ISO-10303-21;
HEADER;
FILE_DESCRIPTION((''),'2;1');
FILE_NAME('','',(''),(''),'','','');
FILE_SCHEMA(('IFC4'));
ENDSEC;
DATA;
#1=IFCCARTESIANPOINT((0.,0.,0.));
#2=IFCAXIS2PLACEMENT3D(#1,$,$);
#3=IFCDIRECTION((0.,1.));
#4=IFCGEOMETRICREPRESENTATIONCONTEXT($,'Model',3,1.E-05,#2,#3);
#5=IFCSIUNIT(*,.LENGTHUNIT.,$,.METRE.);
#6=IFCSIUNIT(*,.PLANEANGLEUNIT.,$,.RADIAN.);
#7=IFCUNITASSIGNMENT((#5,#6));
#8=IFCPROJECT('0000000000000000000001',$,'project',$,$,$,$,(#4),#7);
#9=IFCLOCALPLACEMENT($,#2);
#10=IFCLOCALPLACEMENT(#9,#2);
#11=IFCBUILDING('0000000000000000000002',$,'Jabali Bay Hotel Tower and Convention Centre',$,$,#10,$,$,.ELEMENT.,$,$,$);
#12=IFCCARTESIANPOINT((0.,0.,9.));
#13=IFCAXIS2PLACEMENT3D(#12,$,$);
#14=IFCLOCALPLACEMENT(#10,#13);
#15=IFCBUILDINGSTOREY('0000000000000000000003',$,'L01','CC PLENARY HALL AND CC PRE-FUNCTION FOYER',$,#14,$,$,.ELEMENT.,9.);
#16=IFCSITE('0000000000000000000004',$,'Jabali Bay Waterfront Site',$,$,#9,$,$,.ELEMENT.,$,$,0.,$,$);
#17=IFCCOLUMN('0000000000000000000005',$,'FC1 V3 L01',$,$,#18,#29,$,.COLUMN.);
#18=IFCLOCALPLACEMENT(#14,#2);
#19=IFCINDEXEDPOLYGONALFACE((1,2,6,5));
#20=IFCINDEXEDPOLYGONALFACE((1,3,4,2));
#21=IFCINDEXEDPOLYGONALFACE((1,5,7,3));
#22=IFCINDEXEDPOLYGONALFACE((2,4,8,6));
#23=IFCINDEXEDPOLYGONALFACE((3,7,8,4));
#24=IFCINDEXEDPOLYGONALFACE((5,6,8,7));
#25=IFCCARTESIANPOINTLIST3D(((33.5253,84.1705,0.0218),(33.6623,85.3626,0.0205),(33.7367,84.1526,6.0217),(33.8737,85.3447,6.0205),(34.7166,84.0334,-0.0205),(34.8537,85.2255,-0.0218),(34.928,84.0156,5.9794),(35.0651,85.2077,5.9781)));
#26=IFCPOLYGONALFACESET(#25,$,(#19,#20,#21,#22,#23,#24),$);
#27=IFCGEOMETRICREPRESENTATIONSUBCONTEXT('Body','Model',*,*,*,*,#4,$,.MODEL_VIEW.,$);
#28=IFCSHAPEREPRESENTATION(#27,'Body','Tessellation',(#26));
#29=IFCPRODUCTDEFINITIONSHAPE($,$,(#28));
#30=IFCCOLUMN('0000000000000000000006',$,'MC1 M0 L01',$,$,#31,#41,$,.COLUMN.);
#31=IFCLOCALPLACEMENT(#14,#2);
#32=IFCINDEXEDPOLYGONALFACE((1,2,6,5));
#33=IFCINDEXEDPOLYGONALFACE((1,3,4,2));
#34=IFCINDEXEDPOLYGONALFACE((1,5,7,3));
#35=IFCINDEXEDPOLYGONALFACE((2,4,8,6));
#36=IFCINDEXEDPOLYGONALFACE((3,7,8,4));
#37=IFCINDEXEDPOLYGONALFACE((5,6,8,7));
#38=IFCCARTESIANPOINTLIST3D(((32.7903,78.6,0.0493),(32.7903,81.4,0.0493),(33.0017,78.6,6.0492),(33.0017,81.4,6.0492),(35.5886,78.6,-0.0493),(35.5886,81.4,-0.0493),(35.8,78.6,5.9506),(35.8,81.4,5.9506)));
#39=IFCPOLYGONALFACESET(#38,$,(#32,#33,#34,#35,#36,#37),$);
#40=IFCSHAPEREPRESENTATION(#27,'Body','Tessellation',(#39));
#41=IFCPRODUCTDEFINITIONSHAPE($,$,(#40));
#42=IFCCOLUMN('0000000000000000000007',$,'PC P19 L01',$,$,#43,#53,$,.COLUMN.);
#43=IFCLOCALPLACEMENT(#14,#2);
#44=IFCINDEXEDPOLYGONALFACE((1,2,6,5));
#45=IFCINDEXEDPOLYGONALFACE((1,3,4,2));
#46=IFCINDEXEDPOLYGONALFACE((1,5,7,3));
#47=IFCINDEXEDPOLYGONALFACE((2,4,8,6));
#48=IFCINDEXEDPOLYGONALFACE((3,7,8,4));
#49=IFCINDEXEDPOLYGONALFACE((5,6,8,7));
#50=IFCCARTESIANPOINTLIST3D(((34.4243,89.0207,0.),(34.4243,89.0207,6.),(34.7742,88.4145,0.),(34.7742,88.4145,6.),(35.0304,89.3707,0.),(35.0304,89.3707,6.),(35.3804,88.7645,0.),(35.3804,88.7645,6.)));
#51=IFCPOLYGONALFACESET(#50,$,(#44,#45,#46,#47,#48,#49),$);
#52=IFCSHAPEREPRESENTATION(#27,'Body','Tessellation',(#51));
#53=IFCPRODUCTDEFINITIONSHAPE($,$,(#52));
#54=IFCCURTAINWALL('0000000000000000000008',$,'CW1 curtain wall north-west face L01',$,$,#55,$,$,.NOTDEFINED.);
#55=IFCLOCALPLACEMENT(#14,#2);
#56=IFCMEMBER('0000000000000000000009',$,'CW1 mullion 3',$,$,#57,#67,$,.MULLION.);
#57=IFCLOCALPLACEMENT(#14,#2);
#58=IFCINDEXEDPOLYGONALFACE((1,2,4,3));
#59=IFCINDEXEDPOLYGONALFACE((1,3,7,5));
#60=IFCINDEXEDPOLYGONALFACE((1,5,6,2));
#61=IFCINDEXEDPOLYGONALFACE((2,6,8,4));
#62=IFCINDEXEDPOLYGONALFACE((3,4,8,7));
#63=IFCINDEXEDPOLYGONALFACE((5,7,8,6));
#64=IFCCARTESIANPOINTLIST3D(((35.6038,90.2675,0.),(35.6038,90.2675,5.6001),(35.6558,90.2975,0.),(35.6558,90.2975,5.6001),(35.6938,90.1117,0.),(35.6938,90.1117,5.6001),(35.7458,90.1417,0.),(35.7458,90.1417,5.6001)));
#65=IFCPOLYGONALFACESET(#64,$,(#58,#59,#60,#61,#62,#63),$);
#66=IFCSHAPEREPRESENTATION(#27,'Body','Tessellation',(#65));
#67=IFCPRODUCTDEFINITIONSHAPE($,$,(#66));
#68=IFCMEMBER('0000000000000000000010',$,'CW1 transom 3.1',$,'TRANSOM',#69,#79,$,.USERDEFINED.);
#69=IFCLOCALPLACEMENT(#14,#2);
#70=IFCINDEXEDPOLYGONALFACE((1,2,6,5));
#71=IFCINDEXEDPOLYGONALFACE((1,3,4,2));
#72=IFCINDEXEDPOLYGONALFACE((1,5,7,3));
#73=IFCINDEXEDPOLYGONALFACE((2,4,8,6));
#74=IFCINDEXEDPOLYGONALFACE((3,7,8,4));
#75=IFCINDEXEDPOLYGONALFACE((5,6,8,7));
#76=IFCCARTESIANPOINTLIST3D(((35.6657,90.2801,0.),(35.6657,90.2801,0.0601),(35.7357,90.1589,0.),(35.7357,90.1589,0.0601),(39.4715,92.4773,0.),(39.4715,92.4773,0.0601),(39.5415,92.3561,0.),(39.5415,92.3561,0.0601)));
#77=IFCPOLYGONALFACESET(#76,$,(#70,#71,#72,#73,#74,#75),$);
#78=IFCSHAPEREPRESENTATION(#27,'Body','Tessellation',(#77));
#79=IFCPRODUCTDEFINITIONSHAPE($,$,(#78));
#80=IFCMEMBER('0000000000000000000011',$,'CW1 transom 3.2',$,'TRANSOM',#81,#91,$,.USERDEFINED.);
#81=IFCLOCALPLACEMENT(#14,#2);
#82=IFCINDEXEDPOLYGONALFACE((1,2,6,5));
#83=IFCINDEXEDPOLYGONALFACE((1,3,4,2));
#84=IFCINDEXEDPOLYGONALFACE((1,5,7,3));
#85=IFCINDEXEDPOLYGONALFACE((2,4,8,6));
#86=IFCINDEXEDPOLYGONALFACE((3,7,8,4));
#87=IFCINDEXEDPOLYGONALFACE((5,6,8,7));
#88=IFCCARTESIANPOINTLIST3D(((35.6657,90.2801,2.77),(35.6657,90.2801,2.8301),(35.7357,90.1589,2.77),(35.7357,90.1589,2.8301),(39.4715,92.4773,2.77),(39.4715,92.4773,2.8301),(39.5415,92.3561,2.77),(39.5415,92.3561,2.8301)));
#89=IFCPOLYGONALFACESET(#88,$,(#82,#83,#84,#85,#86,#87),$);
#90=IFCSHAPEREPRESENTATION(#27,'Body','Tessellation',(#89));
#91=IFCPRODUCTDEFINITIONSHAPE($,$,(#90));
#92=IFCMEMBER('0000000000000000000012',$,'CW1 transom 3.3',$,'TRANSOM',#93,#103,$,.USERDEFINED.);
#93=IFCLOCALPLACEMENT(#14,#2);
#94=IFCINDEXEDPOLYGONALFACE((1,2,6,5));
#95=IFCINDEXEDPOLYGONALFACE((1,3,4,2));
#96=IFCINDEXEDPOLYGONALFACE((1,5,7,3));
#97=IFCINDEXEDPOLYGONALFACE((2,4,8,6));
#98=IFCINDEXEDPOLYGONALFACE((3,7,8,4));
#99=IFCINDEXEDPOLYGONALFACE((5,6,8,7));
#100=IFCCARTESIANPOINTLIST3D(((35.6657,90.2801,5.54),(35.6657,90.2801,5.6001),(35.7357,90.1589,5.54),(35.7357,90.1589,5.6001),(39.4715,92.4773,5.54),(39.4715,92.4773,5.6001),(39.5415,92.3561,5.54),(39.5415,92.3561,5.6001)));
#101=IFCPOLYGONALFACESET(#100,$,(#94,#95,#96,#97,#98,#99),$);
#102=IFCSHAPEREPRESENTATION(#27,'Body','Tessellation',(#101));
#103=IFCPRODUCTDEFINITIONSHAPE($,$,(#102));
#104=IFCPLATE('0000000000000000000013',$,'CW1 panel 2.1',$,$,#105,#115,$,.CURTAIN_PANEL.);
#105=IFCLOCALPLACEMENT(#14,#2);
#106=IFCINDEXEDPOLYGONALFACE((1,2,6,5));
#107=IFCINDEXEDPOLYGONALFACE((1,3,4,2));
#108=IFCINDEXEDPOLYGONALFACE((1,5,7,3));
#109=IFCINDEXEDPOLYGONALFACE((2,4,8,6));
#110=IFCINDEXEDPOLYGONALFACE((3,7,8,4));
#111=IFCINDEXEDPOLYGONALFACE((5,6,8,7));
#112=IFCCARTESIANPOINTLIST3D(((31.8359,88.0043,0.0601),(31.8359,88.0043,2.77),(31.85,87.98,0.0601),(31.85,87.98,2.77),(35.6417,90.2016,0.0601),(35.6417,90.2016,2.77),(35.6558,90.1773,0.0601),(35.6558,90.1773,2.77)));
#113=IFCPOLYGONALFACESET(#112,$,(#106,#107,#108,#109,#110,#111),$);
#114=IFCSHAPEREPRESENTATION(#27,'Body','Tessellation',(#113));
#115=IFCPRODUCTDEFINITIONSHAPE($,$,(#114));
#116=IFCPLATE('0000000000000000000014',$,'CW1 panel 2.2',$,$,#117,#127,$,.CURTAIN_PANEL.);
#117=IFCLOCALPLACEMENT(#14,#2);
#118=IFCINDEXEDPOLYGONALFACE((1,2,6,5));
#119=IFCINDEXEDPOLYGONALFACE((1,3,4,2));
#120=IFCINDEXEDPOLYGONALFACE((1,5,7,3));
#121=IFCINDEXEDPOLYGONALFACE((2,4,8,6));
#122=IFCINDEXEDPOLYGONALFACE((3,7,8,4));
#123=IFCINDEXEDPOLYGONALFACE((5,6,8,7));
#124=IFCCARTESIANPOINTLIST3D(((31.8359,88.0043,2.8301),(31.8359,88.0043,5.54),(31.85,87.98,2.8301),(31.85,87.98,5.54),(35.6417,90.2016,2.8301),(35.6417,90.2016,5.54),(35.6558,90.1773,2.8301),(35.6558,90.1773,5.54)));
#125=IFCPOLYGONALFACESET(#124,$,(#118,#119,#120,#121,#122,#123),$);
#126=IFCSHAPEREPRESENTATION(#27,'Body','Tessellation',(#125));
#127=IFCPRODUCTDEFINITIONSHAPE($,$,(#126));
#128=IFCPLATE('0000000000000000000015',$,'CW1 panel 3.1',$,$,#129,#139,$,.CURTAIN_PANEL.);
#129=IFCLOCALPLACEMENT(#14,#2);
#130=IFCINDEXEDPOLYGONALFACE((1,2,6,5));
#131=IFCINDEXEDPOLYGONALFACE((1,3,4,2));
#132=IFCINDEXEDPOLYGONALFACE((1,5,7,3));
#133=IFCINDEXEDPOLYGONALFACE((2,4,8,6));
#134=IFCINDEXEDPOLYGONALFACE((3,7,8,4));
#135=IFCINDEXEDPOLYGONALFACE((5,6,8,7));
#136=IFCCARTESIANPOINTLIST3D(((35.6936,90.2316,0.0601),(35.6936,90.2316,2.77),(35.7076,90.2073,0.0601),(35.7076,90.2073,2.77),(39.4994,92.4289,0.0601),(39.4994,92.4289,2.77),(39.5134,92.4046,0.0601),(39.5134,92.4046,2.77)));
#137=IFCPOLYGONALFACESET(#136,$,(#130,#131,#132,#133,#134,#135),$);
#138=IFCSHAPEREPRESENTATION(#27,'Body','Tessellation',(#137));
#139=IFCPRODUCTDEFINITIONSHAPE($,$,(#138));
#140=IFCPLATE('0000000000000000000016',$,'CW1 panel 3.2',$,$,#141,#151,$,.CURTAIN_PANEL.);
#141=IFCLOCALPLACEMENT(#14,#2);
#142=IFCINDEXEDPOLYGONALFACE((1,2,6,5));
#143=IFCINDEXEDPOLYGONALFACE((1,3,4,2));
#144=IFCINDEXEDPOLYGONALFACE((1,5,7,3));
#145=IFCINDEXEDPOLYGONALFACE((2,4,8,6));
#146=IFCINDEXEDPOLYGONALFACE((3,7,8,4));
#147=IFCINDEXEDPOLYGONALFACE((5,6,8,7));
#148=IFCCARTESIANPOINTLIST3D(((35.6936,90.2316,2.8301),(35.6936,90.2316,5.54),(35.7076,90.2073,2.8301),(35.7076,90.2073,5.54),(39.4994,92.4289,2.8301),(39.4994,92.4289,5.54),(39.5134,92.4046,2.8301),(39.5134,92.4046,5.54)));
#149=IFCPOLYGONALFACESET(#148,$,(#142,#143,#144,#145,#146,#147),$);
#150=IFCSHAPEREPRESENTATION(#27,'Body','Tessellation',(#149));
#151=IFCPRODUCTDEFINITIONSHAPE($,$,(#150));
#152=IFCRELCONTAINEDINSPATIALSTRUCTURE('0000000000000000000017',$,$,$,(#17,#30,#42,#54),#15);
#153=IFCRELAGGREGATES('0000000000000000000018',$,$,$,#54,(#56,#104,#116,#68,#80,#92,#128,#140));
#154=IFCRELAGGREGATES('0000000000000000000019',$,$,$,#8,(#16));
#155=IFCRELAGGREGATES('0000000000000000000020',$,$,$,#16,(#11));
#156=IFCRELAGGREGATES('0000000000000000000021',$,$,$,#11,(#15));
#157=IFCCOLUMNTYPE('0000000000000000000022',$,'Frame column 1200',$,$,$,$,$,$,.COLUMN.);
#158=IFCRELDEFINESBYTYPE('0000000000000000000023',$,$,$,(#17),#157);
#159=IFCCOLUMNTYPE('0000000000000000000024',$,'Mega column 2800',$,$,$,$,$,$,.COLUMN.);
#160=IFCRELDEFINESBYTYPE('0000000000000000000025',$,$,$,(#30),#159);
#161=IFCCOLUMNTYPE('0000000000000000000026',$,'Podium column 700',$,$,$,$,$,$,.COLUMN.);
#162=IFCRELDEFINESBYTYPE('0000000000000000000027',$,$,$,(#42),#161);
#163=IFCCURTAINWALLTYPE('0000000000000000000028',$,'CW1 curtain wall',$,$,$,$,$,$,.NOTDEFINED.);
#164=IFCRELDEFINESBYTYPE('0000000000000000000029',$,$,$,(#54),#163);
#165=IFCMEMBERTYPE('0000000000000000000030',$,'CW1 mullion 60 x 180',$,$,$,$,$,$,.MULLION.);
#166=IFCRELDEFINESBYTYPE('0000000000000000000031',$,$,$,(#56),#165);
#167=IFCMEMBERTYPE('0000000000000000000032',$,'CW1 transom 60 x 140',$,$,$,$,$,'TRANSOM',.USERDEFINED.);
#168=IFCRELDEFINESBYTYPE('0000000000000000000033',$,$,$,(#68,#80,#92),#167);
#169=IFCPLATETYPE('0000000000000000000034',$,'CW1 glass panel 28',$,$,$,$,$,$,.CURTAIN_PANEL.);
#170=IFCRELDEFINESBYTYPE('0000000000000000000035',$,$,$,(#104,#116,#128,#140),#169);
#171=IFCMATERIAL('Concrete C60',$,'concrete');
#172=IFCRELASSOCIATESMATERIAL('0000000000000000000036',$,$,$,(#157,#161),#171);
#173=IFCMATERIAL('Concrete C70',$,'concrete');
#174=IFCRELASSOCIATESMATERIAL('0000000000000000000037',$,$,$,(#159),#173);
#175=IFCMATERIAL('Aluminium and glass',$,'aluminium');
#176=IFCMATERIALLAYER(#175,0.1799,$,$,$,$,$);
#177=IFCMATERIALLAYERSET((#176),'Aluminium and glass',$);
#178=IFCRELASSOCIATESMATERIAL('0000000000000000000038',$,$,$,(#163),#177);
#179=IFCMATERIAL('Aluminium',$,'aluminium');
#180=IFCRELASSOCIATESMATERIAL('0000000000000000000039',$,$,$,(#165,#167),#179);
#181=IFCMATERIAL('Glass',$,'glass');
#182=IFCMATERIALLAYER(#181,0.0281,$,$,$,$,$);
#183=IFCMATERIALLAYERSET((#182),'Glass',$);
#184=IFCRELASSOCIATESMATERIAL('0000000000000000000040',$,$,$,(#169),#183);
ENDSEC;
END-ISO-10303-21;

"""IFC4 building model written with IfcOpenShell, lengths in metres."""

from ifc_helpers import new_model, si_unit, direction, frame, origin, origin_2d, place, context, subcontext, project, spatial, rectangle, extrude, material, layer, layer_set, material_profile, profile_set, type_object, element, aggregate, save


model = new_model("IFC4")

# Units and contexts
model_context = context("Model", 3, precision=1e-05, world=origin(), true_north=direction((0.0, 1.0)))
body_context = subcontext(model_context, "Body", "Model", "MODEL_VIEW")
ifc_project = project(units=[si_unit("LENGTHUNIT", "METRE"), si_unit("PLANEANGLEUNIT", "RADIAN")], contexts=[model_context])

# Site, building, storey
site_placement = place(None, origin())
site = spatial("IfcSite", under=ifc_project, at=site_placement, Name="Jabali Bay Waterfront Site", CompositionType="ELEMENT", RefElevation=0.0)
building_placement = place(site_placement, origin())
building = spatial("IfcBuilding", under=site, at=building_placement, Name="Jabali Bay Hotel Tower and Convention Centre", CompositionType="ELEMENT")
storey_placement = place(building_placement, frame((0.0, 0.0, 9.0)))
storey = spatial("IfcBuildingStorey", under=building, at=storey_placement, Name="L01", Description="CC PLENARY HALL AND CC PRE-FUNCTION FOYER", CompositionType="ELEMENT", Elevation=9.0)

# Columns
ifc_material_1 = material(Name="Concrete C60", Category="concrete")
ifc_material_profile_1 = material_profile(ifc_material_1, rectangle(XDim=1.2, YDim=1.2, at=origin_2d()), Name="Frame column 1200")
ifc_profile_set_1 = profile_set([ifc_material_profile_1], Name="Concrete C60")
column_type_1 = type_object("IfcColumnType", Name="Frame column 1200", PredefinedType="COLUMN", material=ifc_profile_set_1)
column_1_placement = place(storey_placement, frame((34.1895, 84.698, 0.0), z_axis=(0.035216, -0.002969, 0.999375), x_axis=(-0.992832, 0.114179, 0.035324)))
element("IfcColumn", 1, at=column_1_placement, inside=storey, type_object=column_type_1, Name="FC1 V3 L01", PredefinedType="COLUMN", context=body_context, shape_type="SweptSolid", body=[
    extrude(rectangle(XDim=1.2, YDim=1.2, at=origin_2d()), origin(), (0.0, 0.0, 1.0), 6.0037),
])
ifc_material_2 = material(Name="Concrete C70", Category="concrete")
ifc_material_profile_2 = material_profile(ifc_material_2, rectangle(XDim=2.8, YDim=2.8, at=origin_2d()), Name="Mega column 2800")
ifc_profile_set_2 = profile_set([ifc_material_profile_2], Name="Concrete C70")
column_type_2 = type_object("IfcColumnType", Name="Mega column 2800", PredefinedType="COLUMN", material=ifc_profile_set_2)
column_2_placement = place(storey_placement, frame((34.1895, 80.0, 0.0), z_axis=(0.035216, 0.0, 0.99938), x_axis=(0.0, 1.0, 0.0)))
element("IfcColumn", 2, at=column_2_placement, inside=storey, type_object=column_type_2, Name="MC1 M0 L01", PredefinedType="COLUMN", context=body_context, shape_type="SweptSolid", body=[
    extrude(rectangle(XDim=2.8, YDim=2.8, at=origin_2d()), origin(), (0.0, 0.0, 1.0), 6.0037),
])
ifc_material_profile_3 = material_profile(ifc_material_1, rectangle(XDim=0.7, YDim=0.7, at=origin_2d()), Name="Podium column 700")
ifc_profile_set_3 = profile_set([ifc_material_profile_3], Name="Concrete C60")
column_type_3 = type_object("IfcColumnType", Name="Podium column 700", PredefinedType="COLUMN", material=ifc_profile_set_3)
column_3_placement = place(storey_placement, frame((34.9023, 88.8926, 0.0), z_axis=(0.0, 0.0, 1.0), x_axis=(0.866025, 0.5, 0.0)))
element("IfcColumn", 3, at=column_3_placement, inside=storey, type_object=column_type_3, Name="PC P19 L01", PredefinedType="COLUMN", context=body_context, shape_type="SweptSolid", body=[
    extrude(rectangle(XDim=0.7, YDim=0.7, at=origin_2d()), origin(), (0.0, 0.0, 1.0), 6.0),
])

# Curtain wall, members, plates
ifc_material_3 = material(Name="Aluminium and glass", Category="aluminium")
ifc_layer_1 = layer(ifc_material_3, 0.1799)
ifc_layer_set_1 = layer_set([ifc_layer_1], Name="Aluminium and glass")
curtain_wall_type = type_object("IfcCurtainWallType", Name="CW1 curtain wall", PredefinedType="NOTDEFINED", material=ifc_layer_set_1)
curtain_wall_placement = place(storey_placement, origin())
curtain_wall = element("IfcCurtainWall", 4, at=curtain_wall_placement, inside=storey, type_object=curtain_wall_type, Name="CW1 curtain wall north-west face L01", PredefinedType="NOTDEFINED")
ifc_material_4 = material(Name="Aluminium", Category="aluminium")
ifc_material_profile_4 = material_profile(ifc_material_4, rectangle(XDim=0.1799, YDim=0.0601, at=origin_2d()), Name="CW1 mullion 60 x 180")
ifc_profile_set_4 = profile_set([ifc_material_profile_4], Name="Aluminium")
member_type_1 = type_object("IfcMemberType", Name="CW1 mullion 60 x 180", PredefinedType="MULLION", material=ifc_profile_set_4)
member_1_placement = place(storey_placement, frame((35.6748, 90.2046, 0.0), z_axis=(0.0, 0.0, 1.0), x_axis=(-0.5, 0.866025, 0.0)))
member_1 = element("IfcMember", 5, at=member_1_placement, type_object=member_type_1, Name="CW1 mullion 3", PredefinedType="MULLION", context=body_context, shape_type="SweptSolid", body=[
    extrude(rectangle(XDim=0.1799, YDim=0.0601, at=origin_2d()), origin(), (0.0, 0.0, 1.0), 5.6001),
])
ifc_material_profile_5 = material_profile(ifc_material_4, rectangle(XDim=0.1399, YDim=0.0601, at=origin_2d()), Name="CW1 transom 60 x 140")
ifc_profile_set_5 = profile_set([ifc_material_profile_5], Name="Aluminium")
member_type_2 = type_object("IfcMemberType", Name="CW1 transom 60 x 140", ElementType="TRANSOM", PredefinedType="USERDEFINED", material=ifc_profile_set_5)
member_2_placement = place(storey_placement, frame((35.7007, 90.2195, 0.03), z_axis=(0.866033, 0.499987, 0.0), x_axis=(-0.499987, 0.866033, 0.0)))
member_2 = element("IfcMember", 6, at=member_2_placement, type_object=member_type_2, Name="CW1 transom 3.1", ObjectType="TRANSOM", PredefinedType="USERDEFINED", context=body_context, shape_type="SweptSolid", body=[
    extrude(rectangle(XDim=0.1399, YDim=0.0601, at=origin_2d()), origin(), (0.0, 0.0, 1.0), 4.3945),
])
member_3_placement = place(storey_placement, frame((35.7007, 90.2195, 2.8), z_axis=(0.866033, 0.499987, 0.0), x_axis=(-0.499987, 0.866033, 0.0)))
member_3 = element("IfcMember", 7, at=member_3_placement, type_object=member_type_2, Name="CW1 transom 3.2", ObjectType="TRANSOM", PredefinedType="USERDEFINED", context=body_context, shape_type="SweptSolid", body=[
    extrude(rectangle(XDim=0.1399, YDim=0.0601, at=origin_2d()), origin(), (0.0, 0.0, 1.0), 4.3945),
])
member_4_placement = place(storey_placement, frame((35.7007, 90.2195, 5.5701), z_axis=(0.866033, 0.499987, 0.0), x_axis=(-0.499987, 0.866033, 0.0)))
member_4 = element("IfcMember", 8, at=member_4_placement, type_object=member_type_2, Name="CW1 transom 3.3", ObjectType="TRANSOM", PredefinedType="USERDEFINED", context=body_context, shape_type="SweptSolid", body=[
    extrude(rectangle(XDim=0.1399, YDim=0.0601, at=origin_2d()), origin(), (0.0, 0.0, 1.0), 4.3945),
])
ifc_material_5 = material(Name="Glass", Category="glass")
ifc_layer_2 = layer(ifc_material_5, 0.0281)
ifc_layer_set_2 = layer_set([ifc_layer_2], Name="Glass")
plate_type = type_object("IfcPlateType", Name="CW1 glass panel 28", PredefinedType="CURTAIN_PANEL", material=ifc_layer_set_2)
plate_1_placement = place(storey_placement, frame((33.7458, 89.0908, 0.0601), z_axis=(0.0, 0.0, 1.0), x_axis=(0.866025, 0.5, 0.0)))
plate_1 = element("IfcPlate", 9, at=plate_1_placement, type_object=plate_type, Name="CW1 panel 2.1", PredefinedType="CURTAIN_PANEL", context=body_context, shape_type="SweptSolid", body=[
    extrude(rectangle(XDim=4.3945, YDim=0.0281, at=origin_2d()), origin(), (0.0, 0.0, 1.0), 2.71),
])
plate_2_placement = place(storey_placement, frame((33.7458, 89.0908, 2.8301), z_axis=(0.0, 0.0, 1.0), x_axis=(0.866025, 0.5, 0.0)))
plate_2 = element("IfcPlate", 10, at=plate_2_placement, type_object=plate_type, Name="CW1 panel 2.2", PredefinedType="CURTAIN_PANEL", context=body_context, shape_type="SweptSolid", body=[
    extrude(rectangle(XDim=4.3945, YDim=0.0281, at=origin_2d()), origin(), (0.0, 0.0, 1.0), 2.71),
])
plate_3_placement = place(storey_placement, frame((37.6035, 91.3181, 0.0601), z_axis=(0.0, 0.0, 1.0), x_axis=(0.866025, 0.5, 0.0)))
plate_3 = element("IfcPlate", 11, at=plate_3_placement, type_object=plate_type, Name="CW1 panel 3.1", PredefinedType="CURTAIN_PANEL", context=body_context, shape_type="SweptSolid", body=[
    extrude(rectangle(XDim=4.3945, YDim=0.0281, at=origin_2d()), origin(), (0.0, 0.0, 1.0), 2.71),
])
plate_4_placement = place(storey_placement, frame((37.6035, 91.3181, 2.8301), z_axis=(0.0, 0.0, 1.0), x_axis=(0.866025, 0.5, 0.0)))
plate_4 = element("IfcPlate", 12, at=plate_4_placement, type_object=plate_type, Name="CW1 panel 3.2", PredefinedType="CURTAIN_PANEL", context=body_context, shape_type="SweptSolid", body=[
    extrude(rectangle(XDim=4.3945, YDim=0.0281, at=origin_2d()), origin(), (0.0, 0.0, 1.0), 2.71),
])
aggregate(curtain_wall, [member_1, plate_1, plate_2, member_2, member_3, member_4, plate_3, plate_4])

save(model, "model.ifc")
